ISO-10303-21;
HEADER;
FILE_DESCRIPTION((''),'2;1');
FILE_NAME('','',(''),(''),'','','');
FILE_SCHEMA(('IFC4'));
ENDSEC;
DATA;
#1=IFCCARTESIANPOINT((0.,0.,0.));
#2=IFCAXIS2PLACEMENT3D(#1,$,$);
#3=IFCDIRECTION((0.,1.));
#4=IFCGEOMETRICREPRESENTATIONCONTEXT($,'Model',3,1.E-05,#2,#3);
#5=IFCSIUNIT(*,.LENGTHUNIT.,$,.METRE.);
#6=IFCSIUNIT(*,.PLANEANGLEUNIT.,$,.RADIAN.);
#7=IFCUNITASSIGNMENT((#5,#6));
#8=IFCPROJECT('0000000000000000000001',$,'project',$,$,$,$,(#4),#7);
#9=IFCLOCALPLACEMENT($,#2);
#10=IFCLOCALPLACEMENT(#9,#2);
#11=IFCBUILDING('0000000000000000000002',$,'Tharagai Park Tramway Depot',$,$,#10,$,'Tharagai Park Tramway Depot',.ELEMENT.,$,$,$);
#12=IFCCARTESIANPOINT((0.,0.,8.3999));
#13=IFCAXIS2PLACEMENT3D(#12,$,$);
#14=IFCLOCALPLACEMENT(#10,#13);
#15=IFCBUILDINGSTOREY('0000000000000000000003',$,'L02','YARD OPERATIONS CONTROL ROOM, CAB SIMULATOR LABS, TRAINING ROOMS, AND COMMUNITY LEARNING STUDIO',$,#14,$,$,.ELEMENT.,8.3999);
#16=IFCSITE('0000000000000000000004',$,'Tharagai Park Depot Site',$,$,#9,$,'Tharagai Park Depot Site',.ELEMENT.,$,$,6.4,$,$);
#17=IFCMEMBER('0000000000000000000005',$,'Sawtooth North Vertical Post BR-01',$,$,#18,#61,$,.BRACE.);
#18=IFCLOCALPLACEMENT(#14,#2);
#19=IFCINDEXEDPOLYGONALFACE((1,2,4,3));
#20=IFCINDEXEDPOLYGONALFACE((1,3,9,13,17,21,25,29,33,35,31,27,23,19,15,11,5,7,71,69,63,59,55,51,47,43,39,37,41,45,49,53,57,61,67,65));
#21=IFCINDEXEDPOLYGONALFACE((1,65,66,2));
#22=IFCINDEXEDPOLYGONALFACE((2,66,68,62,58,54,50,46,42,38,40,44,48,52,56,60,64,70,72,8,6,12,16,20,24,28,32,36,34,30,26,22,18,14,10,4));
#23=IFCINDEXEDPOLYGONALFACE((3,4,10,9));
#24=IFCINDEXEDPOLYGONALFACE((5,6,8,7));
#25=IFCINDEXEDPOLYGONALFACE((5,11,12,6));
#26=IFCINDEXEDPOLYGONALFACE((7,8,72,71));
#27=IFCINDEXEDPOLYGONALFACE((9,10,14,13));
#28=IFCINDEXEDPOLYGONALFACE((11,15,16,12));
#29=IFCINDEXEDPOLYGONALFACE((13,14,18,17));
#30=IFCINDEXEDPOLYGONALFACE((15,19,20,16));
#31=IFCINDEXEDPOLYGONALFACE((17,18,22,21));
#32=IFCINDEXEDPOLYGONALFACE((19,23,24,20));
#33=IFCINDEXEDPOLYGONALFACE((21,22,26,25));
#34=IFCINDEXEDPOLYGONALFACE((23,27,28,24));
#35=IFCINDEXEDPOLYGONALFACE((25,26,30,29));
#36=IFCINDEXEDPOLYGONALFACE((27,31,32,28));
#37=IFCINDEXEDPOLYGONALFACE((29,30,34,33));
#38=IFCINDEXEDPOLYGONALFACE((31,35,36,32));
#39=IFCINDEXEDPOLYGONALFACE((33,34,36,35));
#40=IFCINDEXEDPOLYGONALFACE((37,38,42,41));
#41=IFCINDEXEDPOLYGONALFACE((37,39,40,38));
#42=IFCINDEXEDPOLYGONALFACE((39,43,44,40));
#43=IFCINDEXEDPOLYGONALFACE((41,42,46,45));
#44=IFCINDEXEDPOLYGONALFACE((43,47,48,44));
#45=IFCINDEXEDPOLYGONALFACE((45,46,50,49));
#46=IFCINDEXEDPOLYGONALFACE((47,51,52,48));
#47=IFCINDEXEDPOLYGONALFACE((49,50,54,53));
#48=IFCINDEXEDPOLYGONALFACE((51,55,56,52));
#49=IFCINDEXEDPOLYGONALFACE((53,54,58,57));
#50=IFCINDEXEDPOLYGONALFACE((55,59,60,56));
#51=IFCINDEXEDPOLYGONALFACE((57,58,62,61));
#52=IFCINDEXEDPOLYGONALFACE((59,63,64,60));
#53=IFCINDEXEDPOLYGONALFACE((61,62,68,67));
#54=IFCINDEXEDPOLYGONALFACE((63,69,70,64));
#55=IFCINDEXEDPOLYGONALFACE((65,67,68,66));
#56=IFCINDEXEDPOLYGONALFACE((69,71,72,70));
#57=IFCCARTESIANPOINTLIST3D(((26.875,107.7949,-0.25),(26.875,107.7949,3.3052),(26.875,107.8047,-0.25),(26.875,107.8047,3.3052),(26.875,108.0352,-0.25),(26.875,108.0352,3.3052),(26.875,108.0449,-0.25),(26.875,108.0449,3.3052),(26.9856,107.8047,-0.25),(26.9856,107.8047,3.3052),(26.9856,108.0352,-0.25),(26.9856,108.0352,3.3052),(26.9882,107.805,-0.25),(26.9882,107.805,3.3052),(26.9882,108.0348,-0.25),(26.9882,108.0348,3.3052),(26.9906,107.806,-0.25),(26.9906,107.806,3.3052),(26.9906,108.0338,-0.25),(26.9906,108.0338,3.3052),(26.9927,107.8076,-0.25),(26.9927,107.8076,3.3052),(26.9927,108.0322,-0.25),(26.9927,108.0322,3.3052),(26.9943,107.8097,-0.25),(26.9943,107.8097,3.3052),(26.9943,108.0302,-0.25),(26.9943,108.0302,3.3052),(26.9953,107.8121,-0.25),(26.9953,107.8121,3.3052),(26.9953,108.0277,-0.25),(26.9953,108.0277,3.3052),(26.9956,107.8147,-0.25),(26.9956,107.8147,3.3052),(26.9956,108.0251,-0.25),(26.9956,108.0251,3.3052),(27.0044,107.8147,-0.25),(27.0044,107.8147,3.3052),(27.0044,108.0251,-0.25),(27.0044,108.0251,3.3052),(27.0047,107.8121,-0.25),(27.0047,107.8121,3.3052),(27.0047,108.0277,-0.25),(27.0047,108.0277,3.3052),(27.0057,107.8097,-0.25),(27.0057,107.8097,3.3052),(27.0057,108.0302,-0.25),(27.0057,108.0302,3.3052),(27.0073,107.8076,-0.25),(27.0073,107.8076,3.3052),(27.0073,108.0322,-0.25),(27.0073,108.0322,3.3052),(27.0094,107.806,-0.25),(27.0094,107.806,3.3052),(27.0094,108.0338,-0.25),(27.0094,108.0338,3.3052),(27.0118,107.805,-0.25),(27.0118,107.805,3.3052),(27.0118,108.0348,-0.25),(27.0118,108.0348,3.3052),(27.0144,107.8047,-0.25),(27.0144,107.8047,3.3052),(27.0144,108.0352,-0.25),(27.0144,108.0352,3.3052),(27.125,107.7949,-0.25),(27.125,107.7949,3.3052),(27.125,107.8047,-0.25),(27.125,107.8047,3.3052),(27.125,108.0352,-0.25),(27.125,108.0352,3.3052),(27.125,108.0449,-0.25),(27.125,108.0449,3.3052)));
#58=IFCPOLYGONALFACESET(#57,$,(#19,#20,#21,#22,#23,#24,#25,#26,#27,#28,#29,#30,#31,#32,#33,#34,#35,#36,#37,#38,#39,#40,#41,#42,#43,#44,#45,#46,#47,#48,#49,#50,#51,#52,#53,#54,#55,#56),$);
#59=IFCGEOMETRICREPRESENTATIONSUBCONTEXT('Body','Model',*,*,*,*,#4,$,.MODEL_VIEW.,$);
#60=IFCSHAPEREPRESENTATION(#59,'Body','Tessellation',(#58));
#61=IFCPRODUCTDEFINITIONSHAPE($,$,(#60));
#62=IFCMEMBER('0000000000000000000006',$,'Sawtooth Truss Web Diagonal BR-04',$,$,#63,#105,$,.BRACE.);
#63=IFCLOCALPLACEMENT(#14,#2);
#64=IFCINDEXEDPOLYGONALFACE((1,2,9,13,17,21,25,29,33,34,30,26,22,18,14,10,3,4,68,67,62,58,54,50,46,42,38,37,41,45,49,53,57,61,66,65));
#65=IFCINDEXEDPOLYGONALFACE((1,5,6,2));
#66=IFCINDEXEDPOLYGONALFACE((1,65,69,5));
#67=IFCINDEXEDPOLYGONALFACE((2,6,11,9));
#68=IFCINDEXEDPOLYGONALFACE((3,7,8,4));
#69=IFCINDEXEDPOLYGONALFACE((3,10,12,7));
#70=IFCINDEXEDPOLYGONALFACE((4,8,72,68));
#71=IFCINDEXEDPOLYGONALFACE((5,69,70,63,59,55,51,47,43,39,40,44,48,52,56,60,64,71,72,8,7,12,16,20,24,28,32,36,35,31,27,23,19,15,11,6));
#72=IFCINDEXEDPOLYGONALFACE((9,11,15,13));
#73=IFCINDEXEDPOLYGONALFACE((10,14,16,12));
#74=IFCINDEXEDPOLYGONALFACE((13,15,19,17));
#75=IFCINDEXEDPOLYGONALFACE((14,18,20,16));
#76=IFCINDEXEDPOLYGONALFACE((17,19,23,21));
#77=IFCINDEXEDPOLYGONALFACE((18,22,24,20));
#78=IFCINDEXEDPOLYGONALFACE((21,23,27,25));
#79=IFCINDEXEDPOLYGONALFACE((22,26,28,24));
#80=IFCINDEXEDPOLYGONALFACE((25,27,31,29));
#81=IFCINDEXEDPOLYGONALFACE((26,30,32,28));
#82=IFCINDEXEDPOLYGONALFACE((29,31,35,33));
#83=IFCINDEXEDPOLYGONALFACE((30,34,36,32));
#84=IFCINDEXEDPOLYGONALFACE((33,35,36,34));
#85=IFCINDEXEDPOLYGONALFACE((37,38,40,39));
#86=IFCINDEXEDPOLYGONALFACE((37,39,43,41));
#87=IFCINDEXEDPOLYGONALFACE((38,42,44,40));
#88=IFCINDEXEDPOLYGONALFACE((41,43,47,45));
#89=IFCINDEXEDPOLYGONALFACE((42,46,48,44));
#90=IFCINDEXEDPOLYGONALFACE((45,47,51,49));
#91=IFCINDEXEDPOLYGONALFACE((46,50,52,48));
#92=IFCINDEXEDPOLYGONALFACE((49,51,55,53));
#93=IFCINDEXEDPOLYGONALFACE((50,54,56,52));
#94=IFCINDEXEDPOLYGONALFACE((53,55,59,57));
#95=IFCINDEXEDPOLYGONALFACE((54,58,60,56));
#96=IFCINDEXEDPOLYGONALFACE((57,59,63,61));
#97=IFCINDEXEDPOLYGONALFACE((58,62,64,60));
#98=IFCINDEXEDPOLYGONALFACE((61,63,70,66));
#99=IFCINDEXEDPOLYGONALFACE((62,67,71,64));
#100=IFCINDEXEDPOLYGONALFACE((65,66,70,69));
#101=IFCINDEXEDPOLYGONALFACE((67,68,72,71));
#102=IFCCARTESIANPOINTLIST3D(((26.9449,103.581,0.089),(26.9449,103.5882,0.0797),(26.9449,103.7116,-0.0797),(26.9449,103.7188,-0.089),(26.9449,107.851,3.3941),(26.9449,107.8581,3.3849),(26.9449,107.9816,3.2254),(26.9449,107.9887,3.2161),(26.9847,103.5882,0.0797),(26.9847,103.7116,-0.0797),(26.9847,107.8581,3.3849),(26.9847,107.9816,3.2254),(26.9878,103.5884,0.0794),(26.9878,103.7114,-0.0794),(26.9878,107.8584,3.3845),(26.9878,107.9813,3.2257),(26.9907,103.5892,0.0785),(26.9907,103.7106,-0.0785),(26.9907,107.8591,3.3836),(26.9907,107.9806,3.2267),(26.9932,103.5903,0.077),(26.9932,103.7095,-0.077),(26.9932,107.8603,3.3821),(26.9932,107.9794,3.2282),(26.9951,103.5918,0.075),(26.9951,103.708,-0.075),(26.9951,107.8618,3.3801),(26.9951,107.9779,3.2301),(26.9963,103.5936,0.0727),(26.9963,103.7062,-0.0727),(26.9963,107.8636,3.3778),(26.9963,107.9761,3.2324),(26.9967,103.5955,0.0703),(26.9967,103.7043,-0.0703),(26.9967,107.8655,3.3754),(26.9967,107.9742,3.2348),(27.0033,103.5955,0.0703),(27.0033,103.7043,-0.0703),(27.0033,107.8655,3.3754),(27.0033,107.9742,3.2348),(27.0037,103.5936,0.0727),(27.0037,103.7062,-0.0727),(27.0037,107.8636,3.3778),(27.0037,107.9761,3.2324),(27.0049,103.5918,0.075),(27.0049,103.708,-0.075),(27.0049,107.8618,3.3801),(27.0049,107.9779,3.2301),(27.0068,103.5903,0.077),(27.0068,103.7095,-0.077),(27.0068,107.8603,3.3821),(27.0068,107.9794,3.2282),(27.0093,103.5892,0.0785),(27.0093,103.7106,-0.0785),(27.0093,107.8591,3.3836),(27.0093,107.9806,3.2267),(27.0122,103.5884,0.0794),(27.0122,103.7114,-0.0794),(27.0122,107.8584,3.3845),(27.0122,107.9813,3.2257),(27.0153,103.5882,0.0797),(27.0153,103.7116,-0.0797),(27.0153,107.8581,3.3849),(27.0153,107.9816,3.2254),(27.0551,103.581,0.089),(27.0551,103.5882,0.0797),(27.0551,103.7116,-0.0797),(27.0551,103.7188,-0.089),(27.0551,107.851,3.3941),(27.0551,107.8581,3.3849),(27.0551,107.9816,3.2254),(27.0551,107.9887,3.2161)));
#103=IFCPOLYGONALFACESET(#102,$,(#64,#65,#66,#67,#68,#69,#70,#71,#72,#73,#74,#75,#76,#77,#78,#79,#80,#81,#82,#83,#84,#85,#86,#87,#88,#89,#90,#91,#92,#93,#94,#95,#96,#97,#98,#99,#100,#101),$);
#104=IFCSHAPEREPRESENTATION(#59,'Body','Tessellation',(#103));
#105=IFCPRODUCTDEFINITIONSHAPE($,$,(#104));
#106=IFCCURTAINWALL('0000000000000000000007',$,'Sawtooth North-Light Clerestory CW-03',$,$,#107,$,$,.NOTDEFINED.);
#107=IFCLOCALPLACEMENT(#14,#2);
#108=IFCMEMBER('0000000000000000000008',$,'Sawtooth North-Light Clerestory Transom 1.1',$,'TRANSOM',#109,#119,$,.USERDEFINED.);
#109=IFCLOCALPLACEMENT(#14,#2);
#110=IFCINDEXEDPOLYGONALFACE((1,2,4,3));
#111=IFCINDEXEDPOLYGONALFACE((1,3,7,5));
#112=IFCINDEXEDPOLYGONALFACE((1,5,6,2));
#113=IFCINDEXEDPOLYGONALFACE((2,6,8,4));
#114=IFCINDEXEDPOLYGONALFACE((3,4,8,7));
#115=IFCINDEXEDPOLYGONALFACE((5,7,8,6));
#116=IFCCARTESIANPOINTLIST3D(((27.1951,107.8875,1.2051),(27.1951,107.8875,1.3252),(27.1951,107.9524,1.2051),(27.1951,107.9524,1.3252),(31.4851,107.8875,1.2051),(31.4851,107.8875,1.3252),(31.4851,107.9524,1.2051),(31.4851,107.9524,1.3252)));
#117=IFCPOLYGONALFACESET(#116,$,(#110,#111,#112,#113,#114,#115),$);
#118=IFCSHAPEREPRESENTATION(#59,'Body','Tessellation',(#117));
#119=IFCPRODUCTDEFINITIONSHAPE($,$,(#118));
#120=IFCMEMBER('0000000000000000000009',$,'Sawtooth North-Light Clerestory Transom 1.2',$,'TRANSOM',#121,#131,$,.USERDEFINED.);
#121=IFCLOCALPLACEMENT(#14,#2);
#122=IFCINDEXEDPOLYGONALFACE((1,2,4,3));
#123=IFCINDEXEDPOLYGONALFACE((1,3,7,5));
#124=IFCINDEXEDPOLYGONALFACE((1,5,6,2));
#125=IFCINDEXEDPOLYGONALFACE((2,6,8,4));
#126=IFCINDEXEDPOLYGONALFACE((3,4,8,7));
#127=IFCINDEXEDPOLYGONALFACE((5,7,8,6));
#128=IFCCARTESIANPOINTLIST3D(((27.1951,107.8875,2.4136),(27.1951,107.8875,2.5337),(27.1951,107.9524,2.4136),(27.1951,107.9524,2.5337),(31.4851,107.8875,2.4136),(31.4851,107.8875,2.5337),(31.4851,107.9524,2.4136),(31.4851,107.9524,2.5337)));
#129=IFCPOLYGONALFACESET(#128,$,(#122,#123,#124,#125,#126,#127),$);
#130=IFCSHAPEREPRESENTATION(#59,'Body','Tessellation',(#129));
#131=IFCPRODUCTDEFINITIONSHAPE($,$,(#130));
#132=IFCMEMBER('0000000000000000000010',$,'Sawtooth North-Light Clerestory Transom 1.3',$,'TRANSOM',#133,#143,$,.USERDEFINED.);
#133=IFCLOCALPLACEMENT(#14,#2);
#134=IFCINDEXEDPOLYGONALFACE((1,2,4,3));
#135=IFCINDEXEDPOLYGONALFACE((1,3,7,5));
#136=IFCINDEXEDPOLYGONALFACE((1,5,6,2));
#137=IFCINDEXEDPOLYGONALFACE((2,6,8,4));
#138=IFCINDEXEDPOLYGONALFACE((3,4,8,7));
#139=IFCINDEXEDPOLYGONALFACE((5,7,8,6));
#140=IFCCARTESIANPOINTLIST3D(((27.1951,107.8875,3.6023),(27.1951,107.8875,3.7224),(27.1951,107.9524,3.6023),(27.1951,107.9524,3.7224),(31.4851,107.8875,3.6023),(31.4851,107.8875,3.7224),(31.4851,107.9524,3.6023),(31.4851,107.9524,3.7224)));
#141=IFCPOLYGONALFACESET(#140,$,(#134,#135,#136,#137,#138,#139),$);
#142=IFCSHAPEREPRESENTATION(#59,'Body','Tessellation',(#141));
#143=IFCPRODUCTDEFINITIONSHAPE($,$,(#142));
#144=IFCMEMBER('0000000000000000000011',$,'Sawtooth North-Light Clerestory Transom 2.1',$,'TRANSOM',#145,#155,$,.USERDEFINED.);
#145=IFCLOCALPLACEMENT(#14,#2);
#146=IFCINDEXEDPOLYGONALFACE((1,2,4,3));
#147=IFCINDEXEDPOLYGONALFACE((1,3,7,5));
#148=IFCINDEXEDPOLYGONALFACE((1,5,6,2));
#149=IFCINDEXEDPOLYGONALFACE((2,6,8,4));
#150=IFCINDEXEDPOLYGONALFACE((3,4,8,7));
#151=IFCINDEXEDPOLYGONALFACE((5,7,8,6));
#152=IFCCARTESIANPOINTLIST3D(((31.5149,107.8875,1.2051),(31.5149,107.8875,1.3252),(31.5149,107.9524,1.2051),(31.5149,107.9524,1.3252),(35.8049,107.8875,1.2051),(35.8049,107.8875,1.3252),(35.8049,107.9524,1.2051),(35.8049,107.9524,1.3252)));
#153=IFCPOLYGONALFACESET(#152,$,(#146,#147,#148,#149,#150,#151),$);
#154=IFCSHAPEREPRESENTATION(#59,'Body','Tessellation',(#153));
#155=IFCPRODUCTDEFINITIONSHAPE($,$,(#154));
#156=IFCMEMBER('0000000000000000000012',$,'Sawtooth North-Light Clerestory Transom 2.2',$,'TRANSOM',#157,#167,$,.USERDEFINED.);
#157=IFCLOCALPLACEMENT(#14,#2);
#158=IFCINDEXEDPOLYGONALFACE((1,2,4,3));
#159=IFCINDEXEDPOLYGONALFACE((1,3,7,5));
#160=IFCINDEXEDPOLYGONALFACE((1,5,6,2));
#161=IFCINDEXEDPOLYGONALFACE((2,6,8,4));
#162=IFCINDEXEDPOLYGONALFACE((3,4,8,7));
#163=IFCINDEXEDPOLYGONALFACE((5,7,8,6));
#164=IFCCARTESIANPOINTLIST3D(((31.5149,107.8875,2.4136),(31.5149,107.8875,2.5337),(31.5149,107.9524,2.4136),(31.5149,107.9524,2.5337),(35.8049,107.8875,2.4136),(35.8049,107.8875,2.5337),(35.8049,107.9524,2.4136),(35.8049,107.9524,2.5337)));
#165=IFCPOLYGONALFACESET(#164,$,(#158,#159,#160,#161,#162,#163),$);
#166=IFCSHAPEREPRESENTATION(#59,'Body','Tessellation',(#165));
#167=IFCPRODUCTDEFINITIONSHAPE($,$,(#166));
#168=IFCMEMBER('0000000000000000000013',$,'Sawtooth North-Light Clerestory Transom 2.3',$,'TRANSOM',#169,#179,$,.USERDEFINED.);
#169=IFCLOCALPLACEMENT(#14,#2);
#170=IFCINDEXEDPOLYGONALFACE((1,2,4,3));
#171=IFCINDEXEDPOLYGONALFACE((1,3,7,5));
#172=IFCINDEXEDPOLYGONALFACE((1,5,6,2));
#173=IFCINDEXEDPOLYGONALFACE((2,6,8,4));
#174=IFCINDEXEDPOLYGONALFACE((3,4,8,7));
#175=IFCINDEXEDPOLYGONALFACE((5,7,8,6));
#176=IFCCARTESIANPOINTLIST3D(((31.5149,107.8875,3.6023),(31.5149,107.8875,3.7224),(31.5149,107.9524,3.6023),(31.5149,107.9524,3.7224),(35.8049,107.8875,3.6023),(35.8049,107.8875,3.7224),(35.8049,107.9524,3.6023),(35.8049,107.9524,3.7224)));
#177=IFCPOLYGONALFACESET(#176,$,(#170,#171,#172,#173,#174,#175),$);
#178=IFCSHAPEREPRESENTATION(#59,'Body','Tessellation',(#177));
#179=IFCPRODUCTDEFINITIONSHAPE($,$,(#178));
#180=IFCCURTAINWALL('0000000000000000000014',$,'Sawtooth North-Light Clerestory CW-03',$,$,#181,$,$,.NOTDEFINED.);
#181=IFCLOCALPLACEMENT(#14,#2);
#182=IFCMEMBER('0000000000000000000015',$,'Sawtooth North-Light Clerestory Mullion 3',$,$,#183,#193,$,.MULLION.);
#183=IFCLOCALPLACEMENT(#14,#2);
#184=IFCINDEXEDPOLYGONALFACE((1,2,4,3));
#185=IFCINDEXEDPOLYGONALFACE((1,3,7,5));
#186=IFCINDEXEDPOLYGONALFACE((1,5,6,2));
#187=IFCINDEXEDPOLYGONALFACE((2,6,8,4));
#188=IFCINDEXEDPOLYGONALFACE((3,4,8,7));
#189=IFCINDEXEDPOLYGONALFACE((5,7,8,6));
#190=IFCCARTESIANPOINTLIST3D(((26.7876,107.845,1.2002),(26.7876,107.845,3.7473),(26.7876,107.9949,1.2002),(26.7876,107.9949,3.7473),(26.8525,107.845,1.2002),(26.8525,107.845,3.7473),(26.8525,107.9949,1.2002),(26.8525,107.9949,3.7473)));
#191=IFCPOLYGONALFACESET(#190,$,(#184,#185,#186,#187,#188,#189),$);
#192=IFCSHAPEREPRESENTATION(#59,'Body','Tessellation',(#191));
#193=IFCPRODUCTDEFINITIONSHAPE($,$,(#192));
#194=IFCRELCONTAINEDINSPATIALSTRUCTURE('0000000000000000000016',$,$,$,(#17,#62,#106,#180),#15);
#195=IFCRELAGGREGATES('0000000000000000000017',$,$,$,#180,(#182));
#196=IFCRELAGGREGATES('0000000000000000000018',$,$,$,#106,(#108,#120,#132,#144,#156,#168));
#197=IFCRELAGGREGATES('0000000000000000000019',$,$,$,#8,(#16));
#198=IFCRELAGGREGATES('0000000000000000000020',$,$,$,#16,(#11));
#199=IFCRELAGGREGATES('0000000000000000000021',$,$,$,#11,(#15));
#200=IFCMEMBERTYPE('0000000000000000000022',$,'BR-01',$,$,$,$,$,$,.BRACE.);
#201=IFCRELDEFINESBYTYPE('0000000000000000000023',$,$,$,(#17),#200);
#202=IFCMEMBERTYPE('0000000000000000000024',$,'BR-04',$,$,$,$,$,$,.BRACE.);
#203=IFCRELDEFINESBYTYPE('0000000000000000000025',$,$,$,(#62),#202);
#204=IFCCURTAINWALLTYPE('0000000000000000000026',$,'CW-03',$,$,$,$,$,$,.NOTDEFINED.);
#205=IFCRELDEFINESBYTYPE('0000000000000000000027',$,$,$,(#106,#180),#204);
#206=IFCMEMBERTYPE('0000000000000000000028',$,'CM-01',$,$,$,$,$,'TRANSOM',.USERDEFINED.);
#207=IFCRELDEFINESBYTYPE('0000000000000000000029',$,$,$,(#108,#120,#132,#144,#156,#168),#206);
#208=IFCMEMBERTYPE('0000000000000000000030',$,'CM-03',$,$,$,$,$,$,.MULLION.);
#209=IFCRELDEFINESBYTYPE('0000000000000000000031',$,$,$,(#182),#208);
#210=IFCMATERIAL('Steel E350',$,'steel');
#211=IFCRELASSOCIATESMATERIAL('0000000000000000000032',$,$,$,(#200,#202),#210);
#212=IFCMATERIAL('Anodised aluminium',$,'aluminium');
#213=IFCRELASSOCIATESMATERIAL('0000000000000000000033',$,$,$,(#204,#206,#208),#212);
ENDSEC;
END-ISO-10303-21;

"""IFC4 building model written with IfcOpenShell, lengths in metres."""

from ifc_helpers import new_model, si_unit, direction, frame, origin, origin_2d, place, context, subcontext, project, spatial, rectangle, i_section, extrude, material, material_profile, profile_set, type_object, element, aggregate, save


model = new_model("IFC4")

# Units and contexts
model_context = context("Model", 3, precision=1e-05, world=origin(), true_north=direction((0.0, 1.0)))
body_context = subcontext(model_context, "Body", "Model", "MODEL_VIEW")
ifc_project = project(units=[si_unit("LENGTHUNIT", "METRE"), si_unit("PLANEANGLEUNIT", "RADIAN")], contexts=[model_context])

# Site, building, storey
site_placement = place(None, origin())
site = spatial("IfcSite", under=ifc_project, at=site_placement, Name="Tharagai Park Depot Site", LongName="Tharagai Park Depot Site", CompositionType="ELEMENT", RefElevation=6.4)
building_placement = place(site_placement, origin())
building = spatial("IfcBuilding", under=site, at=building_placement, Name="Tharagai Park Tramway Depot", LongName="Tharagai Park Tramway Depot", CompositionType="ELEMENT")
storey_placement = place(building_placement, frame((0.0, 0.0, 8.3999)))
storey = spatial("IfcBuildingStorey", under=building, at=storey_placement, Name="L02", Description="YARD OPERATIONS CONTROL ROOM, CAB SIMULATOR LABS, TRAINING ROOMS, AND COMMUNITY LEARNING STUDIO", CompositionType="ELEMENT", Elevation=8.3999)

# Members
ifc_material_1 = material(Name="Steel E350", Category="steel")
ifc_material_profile_1 = material_profile(ifc_material_1, i_section(OverallWidth=0.25, OverallDepth=0.25, WebThickness=0.0088, FlangeThickness=0.0098, FilletRadius=0.01, at=origin_2d()), Name="ISHB 250")
ifc_profile_set_1 = profile_set([ifc_material_profile_1], Name="Steel E350")
member_type_1 = type_object("IfcMemberType", Name="BR-01", PredefinedType="BRACE", material=ifc_profile_set_1)
member_1_placement = place(storey_placement, frame((27.0, 107.9199, -0.25), z_axis=(0.0, 0.0, 1.0), x_axis=(1.0, 0.0, 0.0)))
element("IfcMember", 1, at=member_1_placement, inside=storey, type_object=member_type_1, Name="Sawtooth North Vertical Post BR-01", PredefinedType="BRACE", context=body_context, shape_type="SweptSolid", body=[
    extrude(i_section(OverallWidth=0.25, OverallDepth=0.25, WebThickness=0.0088, FlangeThickness=0.0098, FilletRadius=0.01, at=origin_2d()), origin(), (0.0, 0.0, 1.0), 3.5552),
])
ifc_material_profile_2 = material_profile(ifc_material_1, i_section(OverallWidth=0.1101, OverallDepth=0.2251, WebThickness=0.0066, FlangeThickness=0.0117, FilletRadius=0.012, at=origin_2d()), Name="ISMB 225")
ifc_profile_set_2 = profile_set([ifc_material_profile_2], Name="Steel E350")
member_type_2 = type_object("IfcMemberType", Name="BR-04", PredefinedType="BRACE", material=ifc_profile_set_2)
member_2_placement = place(storey_placement, frame((27.0, 103.6499, 0.0), z_axis=(0.0, 0.790782, 0.612098), x_axis=(-1.0, 0.0, 0.0)))
element("IfcMember", 2, at=member_2_placement, inside=storey, type_object=member_type_2, Name="Sawtooth Truss Web Diagonal BR-04", PredefinedType="BRACE", context=body_context, shape_type="SweptSolid", body=[
    extrude(i_section(OverallWidth=0.1101, OverallDepth=0.2251, WebThickness=0.0066, FlangeThickness=0.0117, FilletRadius=0.012, at=origin_2d()), origin(), (0.0, 0.0, 1.0), 5.3997),
])

# Curtain wall, members
ifc_material_2 = material(Name="Anodised aluminium", Category="aluminium")
curtain_wall_type = type_object("IfcCurtainWallType", Name="CW-03", PredefinedType="NOTDEFINED", material=ifc_material_2)
curtain_wall_1_placement = place(storey_placement, origin())
curtain_wall_1 = element("IfcCurtainWall", 3, at=curtain_wall_1_placement, inside=storey, type_object=curtain_wall_type, Name="Sawtooth North-Light Clerestory CW-03", PredefinedType="NOTDEFINED")
ifc_material_profile_3 = material_profile(ifc_material_2, rectangle(XDim=0.0649, YDim=0.1201, at=origin_2d()), Name="ALU 65x120")
ifc_profile_set_3 = profile_set([ifc_material_profile_3], Name="Anodised aluminium")
member_type_3 = type_object("IfcMemberType", Name="CM-01", ElementType="TRANSOM", PredefinedType="USERDEFINED", material=ifc_profile_set_3)
member_3_placement = place(storey_placement, frame((27.1951, 107.9199, 1.2651), z_axis=(1.0, 0.0, 0.0), x_axis=(0.0, 1.0, 0.0)))
member_3 = element("IfcMember", 4, at=member_3_placement, type_object=member_type_3, Name="Sawtooth North-Light Clerestory Transom 1.1", ObjectType="TRANSOM", PredefinedType="USERDEFINED", context=body_context, shape_type="SweptSolid", body=[
    extrude(rectangle(XDim=0.0649, YDim=0.1201, at=origin_2d()), origin(), (0.0, 0.0, 1.0), 4.29),
])
member_4_placement = place(storey_placement, frame((27.1951, 107.9199, 2.4736), z_axis=(1.0, 0.0, 0.0), x_axis=(0.0, 1.0, 0.0)))
member_4 = element("IfcMember", 5, at=member_4_placement, type_object=member_type_3, Name="Sawtooth North-Light Clerestory Transom 1.2", ObjectType="TRANSOM", PredefinedType="USERDEFINED", context=body_context, shape_type="SweptSolid", body=[
    extrude(rectangle(XDim=0.0649, YDim=0.1201, at=origin_2d()), origin(), (0.0, 0.0, 1.0), 4.29),
])
member_5_placement = place(storey_placement, frame((27.1951, 107.9199, 3.6624), z_axis=(1.0, 0.0, 0.0), x_axis=(0.0, 1.0, 0.0)))
member_5 = element("IfcMember", 6, at=member_5_placement, type_object=member_type_3, Name="Sawtooth North-Light Clerestory Transom 1.3", ObjectType="TRANSOM", PredefinedType="USERDEFINED", context=body_context, shape_type="SweptSolid", body=[
    extrude(rectangle(XDim=0.0649, YDim=0.1201, at=origin_2d()), origin(), (0.0, 0.0, 1.0), 4.29),
])
member_6_placement = place(storey_placement, frame((31.5149, 107.9199, 1.2651), z_axis=(1.0, 0.0, 0.0), x_axis=(0.0, 1.0, 0.0)))
member_6 = element("IfcMember", 7, at=member_6_placement, type_object=member_type_3, Name="Sawtooth North-Light Clerestory Transom 2.1", ObjectType="TRANSOM", PredefinedType="USERDEFINED", context=body_context, shape_type="SweptSolid", body=[
    extrude(rectangle(XDim=0.0649, YDim=0.1201, at=origin_2d()), origin(), (0.0, 0.0, 1.0), 4.29),
])
member_7_placement = place(storey_placement, frame((31.5149, 107.9199, 2.4736), z_axis=(1.0, 0.0, 0.0), x_axis=(0.0, 1.0, 0.0)))
member_7 = element("IfcMember", 8, at=member_7_placement, type_object=member_type_3, Name="Sawtooth North-Light Clerestory Transom 2.2", ObjectType="TRANSOM", PredefinedType="USERDEFINED", context=body_context, shape_type="SweptSolid", body=[
    extrude(rectangle(XDim=0.0649, YDim=0.1201, at=origin_2d()), origin(), (0.0, 0.0, 1.0), 4.29),
])
member_8_placement = place(storey_placement, frame((31.5149, 107.9199, 3.6624), z_axis=(1.0, 0.0, 0.0), x_axis=(0.0, 1.0, 0.0)))
member_8 = element("IfcMember", 9, at=member_8_placement, type_object=member_type_3, Name="Sawtooth North-Light Clerestory Transom 2.3", ObjectType="TRANSOM", PredefinedType="USERDEFINED", context=body_context, shape_type="SweptSolid", body=[
    extrude(rectangle(XDim=0.0649, YDim=0.1201, at=origin_2d()), origin(), (0.0, 0.0, 1.0), 4.29),
])

# Curtain wall, member
curtain_wall_2_placement = place(storey_placement, origin())
curtain_wall_2 = element("IfcCurtainWall", 10, at=curtain_wall_2_placement, inside=storey, type_object=curtain_wall_type, Name="Sawtooth North-Light Clerestory CW-03", PredefinedType="NOTDEFINED")
ifc_material_profile_4 = material_profile(ifc_material_2, rectangle(XDim=0.0649, YDim=0.1499, at=origin_2d()), Name="ALU 65x150")
ifc_profile_set_4 = profile_set([ifc_material_profile_4], Name="Anodised aluminium")
member_type_4 = type_object("IfcMemberType", Name="CM-03", PredefinedType="MULLION", material=ifc_profile_set_4)
member_9_placement = place(storey_placement, frame((26.8201, 107.9199, 1.2002), z_axis=(0.0, 0.0, 1.0), x_axis=(1.0, 0.0, 0.0)))
member_9 = element("IfcMember", 11, at=member_9_placement, type_object=member_type_4, Name="Sawtooth North-Light Clerestory Mullion 3", PredefinedType="MULLION", context=body_context, shape_type="SweptSolid", body=[
    extrude(rectangle(XDim=0.0649, YDim=0.1499, at=origin_2d()), origin(), (0.0, 0.0, 1.0), 2.5471),
])

aggregate(curtain_wall_2, [member_9])
aggregate(curtain_wall_1, [member_3, member_4, member_5, member_6, member_7, member_8])

save(model, "model.ifc")
